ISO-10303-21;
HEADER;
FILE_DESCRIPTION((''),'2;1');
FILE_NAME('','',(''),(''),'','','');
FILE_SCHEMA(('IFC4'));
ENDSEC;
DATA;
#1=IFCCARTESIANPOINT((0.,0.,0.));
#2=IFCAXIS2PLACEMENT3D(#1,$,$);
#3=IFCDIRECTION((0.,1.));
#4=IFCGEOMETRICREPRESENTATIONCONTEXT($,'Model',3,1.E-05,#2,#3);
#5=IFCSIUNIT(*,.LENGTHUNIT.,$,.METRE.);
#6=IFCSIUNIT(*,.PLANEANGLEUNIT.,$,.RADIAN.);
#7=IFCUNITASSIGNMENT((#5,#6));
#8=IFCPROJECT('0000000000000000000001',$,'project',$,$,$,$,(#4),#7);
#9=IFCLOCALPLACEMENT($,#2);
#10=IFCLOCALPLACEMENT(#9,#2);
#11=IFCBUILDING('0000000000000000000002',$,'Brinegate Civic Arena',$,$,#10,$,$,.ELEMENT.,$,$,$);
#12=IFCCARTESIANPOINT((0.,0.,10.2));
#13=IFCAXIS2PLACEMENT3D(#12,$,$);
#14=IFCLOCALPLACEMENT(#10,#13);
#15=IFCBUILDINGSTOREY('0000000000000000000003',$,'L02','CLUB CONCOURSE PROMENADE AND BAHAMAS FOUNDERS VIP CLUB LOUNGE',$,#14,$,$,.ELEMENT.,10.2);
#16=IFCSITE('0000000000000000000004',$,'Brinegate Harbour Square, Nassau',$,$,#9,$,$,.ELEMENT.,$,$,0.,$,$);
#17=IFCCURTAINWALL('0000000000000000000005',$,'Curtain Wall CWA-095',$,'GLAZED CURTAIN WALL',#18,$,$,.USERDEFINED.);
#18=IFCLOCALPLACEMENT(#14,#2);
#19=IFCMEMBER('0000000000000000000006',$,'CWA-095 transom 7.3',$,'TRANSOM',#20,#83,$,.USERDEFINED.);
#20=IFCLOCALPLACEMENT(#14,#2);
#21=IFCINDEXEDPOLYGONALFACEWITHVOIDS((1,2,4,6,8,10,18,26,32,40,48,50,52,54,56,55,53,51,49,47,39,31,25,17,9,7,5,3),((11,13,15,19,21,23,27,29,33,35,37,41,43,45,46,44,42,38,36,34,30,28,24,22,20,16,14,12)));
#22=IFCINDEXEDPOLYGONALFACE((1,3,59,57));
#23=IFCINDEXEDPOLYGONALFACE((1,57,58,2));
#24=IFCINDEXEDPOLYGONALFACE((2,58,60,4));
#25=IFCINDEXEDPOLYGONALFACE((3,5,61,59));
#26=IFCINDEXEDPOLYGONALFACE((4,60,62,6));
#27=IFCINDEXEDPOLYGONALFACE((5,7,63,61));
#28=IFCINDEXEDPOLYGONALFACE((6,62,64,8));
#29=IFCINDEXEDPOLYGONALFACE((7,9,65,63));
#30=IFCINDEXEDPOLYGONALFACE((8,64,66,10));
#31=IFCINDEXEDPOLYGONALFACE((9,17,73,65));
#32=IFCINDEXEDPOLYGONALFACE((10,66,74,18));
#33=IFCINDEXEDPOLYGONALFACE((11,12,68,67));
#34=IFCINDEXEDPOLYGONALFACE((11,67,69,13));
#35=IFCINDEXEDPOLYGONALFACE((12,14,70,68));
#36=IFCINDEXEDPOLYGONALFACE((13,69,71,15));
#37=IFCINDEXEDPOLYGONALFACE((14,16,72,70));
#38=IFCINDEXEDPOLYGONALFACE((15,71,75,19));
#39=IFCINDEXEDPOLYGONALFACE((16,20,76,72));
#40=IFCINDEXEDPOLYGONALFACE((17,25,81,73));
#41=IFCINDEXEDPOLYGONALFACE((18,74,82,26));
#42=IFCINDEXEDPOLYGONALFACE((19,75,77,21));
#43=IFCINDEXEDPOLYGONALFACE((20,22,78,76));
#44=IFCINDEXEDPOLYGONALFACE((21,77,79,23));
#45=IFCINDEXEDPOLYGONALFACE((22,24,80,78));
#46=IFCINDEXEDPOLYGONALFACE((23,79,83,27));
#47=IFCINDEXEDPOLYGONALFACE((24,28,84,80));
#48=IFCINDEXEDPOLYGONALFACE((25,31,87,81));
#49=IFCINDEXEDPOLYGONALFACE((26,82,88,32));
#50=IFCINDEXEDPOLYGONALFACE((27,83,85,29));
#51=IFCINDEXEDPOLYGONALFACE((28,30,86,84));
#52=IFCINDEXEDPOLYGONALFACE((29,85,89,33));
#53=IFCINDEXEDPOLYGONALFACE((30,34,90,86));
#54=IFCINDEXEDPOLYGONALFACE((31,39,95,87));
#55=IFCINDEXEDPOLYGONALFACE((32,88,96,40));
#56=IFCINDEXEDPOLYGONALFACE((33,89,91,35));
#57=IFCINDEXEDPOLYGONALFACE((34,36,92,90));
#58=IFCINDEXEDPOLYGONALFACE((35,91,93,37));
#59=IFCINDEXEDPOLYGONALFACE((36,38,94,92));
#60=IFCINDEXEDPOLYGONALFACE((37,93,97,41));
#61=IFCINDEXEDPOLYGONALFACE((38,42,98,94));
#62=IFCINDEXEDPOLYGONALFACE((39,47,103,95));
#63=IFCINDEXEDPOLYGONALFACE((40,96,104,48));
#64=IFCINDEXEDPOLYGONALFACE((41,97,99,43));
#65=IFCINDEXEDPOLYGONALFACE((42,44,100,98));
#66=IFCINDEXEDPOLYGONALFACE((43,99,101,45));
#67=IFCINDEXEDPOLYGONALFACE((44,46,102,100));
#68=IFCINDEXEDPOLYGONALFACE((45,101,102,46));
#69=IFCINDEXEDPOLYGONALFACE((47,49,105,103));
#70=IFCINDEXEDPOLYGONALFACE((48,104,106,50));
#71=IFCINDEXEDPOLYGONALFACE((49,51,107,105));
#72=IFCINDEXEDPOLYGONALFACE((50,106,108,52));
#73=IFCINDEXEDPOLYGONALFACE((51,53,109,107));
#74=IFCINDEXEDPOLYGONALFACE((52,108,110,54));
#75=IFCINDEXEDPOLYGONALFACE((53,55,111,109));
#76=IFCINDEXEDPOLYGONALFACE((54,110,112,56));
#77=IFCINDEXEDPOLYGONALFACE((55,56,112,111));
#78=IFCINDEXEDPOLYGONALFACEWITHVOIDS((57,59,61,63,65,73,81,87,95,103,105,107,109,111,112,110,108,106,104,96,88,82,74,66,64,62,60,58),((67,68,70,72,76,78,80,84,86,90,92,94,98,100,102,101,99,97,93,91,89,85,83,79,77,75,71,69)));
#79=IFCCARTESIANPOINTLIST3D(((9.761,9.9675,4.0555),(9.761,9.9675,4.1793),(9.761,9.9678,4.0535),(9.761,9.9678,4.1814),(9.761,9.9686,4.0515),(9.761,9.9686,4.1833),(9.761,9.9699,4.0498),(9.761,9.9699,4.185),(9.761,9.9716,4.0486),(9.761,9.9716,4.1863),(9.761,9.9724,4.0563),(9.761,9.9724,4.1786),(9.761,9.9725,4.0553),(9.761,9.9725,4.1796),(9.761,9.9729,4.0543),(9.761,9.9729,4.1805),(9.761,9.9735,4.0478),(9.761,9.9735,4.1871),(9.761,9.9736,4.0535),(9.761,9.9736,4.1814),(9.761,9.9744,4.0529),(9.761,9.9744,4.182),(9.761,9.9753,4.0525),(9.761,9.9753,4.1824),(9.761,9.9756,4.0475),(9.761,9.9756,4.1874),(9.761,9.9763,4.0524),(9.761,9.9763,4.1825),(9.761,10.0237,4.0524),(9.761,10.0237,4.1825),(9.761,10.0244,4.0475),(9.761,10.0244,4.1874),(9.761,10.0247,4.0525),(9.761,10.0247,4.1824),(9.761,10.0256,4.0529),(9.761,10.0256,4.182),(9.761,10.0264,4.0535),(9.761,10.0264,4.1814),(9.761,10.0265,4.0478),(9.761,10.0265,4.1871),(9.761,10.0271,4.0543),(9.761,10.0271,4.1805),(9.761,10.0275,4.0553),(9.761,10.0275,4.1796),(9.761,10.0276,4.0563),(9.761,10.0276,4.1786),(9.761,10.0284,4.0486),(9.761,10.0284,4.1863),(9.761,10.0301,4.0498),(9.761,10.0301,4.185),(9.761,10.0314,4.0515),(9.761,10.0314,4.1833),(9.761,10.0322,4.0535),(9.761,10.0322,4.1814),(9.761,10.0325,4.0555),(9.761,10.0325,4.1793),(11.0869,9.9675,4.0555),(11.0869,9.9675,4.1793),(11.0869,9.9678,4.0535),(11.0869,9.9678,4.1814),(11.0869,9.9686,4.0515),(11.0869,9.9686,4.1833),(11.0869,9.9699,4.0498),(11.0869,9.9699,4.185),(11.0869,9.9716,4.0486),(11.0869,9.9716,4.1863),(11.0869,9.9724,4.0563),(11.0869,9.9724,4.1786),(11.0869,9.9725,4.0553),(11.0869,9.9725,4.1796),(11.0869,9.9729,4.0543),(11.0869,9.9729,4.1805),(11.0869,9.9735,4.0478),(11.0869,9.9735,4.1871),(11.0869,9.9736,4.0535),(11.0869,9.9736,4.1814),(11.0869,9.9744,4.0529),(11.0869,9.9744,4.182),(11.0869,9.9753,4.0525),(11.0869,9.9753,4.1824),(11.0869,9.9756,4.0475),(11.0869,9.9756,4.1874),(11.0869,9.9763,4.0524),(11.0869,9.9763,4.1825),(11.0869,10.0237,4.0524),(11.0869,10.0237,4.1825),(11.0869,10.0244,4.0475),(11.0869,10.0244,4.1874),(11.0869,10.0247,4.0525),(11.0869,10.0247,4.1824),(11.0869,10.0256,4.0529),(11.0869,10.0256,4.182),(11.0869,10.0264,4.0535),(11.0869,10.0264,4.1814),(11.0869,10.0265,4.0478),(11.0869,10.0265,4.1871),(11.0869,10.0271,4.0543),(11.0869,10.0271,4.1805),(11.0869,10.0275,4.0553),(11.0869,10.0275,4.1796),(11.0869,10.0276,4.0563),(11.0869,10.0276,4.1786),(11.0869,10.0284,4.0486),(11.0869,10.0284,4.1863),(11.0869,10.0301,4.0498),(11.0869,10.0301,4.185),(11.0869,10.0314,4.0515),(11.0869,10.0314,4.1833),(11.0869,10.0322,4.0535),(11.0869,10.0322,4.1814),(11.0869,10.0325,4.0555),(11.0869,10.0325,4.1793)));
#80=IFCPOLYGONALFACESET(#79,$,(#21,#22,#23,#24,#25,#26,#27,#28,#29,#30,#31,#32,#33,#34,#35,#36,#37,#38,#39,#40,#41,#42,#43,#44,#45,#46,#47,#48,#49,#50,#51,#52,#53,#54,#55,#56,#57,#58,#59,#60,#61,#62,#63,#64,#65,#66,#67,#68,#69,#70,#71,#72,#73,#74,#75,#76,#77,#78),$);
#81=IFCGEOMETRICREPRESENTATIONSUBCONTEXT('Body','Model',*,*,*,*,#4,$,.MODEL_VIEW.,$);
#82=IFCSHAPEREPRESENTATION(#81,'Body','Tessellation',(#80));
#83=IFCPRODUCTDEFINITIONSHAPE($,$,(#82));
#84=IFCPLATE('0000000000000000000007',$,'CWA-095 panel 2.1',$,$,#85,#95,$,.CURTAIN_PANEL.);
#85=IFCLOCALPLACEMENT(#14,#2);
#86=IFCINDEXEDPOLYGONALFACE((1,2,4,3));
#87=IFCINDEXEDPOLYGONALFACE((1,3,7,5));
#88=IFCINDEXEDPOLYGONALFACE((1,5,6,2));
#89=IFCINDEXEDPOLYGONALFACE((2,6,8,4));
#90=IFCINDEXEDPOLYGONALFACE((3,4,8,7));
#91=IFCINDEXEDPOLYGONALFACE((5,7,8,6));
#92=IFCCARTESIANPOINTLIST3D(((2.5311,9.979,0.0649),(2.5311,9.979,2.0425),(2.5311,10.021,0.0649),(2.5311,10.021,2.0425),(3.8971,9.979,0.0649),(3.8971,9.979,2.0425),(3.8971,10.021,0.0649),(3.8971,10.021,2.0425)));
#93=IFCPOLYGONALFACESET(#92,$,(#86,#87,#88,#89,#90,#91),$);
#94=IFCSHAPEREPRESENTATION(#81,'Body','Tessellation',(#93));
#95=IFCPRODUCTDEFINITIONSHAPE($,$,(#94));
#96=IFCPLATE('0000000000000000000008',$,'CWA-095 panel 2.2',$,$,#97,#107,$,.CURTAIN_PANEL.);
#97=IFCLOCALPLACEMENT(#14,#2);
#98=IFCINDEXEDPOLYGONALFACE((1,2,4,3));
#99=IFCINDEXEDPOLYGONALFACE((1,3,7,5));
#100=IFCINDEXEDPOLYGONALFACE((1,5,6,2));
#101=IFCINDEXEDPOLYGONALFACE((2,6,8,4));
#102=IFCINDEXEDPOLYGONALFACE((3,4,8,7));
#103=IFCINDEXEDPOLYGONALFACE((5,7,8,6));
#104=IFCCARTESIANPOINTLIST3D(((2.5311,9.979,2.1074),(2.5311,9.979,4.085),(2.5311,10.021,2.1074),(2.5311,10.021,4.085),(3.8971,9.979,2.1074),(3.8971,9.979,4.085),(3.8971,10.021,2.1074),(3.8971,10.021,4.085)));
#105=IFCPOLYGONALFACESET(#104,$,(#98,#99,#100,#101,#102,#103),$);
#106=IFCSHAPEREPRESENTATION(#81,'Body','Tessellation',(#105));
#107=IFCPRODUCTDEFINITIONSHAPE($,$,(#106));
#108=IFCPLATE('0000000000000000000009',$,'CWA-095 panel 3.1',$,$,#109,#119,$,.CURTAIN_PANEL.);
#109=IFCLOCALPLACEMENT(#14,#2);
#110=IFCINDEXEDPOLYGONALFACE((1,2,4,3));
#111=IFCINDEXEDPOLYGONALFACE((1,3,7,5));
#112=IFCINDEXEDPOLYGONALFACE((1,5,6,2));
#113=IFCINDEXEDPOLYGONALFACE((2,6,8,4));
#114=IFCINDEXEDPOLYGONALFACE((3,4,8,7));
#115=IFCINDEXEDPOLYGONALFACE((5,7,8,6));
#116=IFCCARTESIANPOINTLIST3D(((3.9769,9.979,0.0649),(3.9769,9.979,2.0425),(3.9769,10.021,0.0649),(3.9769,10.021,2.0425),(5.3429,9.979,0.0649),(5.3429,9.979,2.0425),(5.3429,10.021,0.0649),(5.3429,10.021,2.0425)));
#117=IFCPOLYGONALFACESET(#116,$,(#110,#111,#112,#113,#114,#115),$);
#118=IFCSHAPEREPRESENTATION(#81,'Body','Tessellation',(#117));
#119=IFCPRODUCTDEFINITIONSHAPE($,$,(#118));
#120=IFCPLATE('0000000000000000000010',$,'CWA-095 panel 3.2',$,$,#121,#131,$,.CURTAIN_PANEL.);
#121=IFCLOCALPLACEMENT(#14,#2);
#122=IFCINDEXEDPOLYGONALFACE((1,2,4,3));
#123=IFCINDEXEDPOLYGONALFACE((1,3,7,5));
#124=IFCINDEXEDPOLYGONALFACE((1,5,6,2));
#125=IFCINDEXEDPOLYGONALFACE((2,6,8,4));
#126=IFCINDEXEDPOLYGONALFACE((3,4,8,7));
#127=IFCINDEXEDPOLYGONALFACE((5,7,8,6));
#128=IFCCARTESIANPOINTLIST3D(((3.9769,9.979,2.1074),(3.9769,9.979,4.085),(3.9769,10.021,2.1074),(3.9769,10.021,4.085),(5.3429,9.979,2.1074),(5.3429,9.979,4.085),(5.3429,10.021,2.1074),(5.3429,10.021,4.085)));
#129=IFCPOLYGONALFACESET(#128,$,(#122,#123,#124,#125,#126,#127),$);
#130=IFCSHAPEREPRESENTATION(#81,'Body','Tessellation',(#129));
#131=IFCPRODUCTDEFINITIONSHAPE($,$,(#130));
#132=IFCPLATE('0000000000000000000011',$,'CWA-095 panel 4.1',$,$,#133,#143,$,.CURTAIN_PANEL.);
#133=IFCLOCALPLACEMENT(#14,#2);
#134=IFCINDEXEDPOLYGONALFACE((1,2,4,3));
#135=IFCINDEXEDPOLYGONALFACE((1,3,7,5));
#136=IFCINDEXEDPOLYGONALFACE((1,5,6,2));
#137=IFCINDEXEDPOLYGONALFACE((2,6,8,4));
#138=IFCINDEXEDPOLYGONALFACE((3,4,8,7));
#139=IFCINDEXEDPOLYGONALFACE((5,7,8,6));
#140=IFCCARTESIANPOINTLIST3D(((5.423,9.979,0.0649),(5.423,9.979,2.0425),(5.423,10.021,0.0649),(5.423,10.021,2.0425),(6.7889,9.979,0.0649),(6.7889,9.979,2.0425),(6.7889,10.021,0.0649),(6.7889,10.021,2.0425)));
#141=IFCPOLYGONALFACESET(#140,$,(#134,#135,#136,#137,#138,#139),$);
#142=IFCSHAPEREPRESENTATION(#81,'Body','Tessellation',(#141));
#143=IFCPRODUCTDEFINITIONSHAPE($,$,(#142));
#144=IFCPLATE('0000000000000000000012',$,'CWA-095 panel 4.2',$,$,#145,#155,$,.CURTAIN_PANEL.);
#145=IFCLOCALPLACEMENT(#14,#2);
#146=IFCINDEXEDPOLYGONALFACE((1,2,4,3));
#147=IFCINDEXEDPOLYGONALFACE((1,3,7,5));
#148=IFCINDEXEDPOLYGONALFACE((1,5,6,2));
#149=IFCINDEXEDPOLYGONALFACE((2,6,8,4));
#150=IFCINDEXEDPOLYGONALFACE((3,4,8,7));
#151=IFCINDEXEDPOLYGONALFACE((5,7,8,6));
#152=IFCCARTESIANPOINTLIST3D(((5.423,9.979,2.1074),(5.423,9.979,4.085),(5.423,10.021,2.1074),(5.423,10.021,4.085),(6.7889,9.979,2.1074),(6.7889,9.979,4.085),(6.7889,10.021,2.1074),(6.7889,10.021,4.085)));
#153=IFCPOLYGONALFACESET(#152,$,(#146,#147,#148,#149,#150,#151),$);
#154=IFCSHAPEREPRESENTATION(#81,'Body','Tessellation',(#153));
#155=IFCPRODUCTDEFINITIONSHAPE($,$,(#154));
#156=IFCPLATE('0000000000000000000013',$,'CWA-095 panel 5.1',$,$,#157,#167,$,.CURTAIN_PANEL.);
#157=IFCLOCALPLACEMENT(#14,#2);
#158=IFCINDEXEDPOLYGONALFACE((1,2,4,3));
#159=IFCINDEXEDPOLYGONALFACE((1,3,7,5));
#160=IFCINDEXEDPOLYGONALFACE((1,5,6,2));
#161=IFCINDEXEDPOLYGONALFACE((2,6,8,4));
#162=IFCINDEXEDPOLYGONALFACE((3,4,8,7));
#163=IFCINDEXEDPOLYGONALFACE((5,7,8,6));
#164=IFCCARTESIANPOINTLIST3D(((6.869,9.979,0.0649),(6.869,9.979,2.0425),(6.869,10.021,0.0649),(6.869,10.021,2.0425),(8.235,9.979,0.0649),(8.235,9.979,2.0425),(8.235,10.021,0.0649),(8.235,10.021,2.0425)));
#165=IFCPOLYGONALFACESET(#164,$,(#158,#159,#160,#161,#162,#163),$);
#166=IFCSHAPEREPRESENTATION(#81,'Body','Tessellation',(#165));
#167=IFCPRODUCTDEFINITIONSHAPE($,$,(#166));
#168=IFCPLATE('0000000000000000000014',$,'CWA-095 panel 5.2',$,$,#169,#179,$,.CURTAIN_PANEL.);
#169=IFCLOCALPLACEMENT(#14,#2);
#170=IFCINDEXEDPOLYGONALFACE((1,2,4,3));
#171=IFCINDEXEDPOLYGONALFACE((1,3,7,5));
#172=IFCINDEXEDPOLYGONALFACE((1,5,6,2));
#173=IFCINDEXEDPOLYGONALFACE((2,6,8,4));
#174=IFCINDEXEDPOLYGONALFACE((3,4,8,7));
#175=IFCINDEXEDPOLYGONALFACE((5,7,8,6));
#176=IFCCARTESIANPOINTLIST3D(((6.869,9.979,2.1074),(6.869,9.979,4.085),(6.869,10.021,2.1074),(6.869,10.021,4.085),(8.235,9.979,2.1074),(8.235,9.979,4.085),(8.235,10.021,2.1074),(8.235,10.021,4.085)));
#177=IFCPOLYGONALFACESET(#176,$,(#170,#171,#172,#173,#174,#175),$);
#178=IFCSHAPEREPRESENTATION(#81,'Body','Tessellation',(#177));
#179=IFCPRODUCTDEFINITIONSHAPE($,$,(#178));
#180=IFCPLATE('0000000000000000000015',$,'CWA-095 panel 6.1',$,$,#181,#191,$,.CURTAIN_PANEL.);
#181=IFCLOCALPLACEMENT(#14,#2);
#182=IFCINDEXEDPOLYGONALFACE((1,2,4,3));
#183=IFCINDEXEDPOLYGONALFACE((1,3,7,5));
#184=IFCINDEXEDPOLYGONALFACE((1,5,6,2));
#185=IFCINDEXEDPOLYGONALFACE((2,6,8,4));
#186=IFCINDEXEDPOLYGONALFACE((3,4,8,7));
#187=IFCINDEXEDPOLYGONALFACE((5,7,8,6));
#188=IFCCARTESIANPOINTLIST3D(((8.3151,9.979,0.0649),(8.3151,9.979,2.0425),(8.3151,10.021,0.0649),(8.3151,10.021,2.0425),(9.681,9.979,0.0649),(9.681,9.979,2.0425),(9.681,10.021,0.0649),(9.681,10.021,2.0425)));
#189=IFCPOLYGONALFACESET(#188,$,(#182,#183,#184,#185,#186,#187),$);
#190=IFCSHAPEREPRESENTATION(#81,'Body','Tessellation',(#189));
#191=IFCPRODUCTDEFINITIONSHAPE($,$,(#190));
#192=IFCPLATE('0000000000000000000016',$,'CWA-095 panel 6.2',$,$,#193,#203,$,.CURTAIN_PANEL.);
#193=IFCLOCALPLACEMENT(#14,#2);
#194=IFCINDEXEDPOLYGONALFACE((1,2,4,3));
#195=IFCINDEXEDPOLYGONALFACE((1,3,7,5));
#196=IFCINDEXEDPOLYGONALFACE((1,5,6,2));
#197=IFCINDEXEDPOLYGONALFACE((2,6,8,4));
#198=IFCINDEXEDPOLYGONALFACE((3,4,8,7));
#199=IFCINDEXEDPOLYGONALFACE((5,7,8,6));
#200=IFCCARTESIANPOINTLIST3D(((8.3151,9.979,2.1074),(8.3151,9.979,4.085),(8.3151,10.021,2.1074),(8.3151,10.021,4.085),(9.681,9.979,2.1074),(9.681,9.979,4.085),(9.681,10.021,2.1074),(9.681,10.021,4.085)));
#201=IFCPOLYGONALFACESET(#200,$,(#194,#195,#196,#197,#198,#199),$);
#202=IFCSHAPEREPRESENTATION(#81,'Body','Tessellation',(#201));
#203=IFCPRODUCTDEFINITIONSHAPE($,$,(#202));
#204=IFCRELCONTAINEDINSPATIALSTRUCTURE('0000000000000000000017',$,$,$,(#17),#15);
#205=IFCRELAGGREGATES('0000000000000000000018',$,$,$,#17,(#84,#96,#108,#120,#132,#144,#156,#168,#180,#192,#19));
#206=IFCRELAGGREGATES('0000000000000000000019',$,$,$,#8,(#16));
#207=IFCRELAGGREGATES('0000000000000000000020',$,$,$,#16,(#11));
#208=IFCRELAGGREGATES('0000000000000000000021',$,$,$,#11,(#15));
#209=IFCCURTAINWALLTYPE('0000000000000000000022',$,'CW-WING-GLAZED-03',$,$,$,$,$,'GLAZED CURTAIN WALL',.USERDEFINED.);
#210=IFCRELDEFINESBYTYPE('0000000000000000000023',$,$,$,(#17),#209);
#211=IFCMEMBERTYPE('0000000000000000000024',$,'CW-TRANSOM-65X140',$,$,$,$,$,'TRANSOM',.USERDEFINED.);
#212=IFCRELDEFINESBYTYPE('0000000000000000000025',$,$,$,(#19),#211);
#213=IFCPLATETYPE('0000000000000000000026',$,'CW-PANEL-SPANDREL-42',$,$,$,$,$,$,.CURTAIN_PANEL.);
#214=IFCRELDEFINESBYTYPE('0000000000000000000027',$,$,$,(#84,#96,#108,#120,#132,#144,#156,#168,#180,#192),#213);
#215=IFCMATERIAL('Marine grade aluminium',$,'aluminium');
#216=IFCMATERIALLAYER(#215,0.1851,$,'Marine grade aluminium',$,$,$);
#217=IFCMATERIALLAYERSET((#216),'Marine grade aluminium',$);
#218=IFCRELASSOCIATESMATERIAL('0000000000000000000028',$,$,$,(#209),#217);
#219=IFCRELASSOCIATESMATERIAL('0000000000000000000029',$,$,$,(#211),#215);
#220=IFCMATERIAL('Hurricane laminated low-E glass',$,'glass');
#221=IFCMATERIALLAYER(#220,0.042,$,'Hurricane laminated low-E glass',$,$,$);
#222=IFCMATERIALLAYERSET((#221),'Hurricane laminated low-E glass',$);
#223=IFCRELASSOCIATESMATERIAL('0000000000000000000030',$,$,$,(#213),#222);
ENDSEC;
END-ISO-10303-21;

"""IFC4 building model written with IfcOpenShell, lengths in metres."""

from ifc_helpers import new_model, si_unit, direction, frame, origin, origin_2d, place, context, subcontext, project, spatial, rectangle, hollow_rectangle, extrude, material, layer, layer_set, material_profile, profile_set, type_object, element, aggregate, save


model = new_model("IFC4")

# Units and contexts
model_context = context("Model", 3, precision=1e-05, world=origin(), true_north=direction((0.0, 1.0)))
body_context = subcontext(model_context, "Body", "Model", "MODEL_VIEW")
ifc_project = project(units=[si_unit("LENGTHUNIT", "METRE"), si_unit("PLANEANGLEUNIT", "RADIAN")], contexts=[model_context])

# Site, building, storey
site_placement = place(None, origin())
site = spatial("IfcSite", under=ifc_project, at=site_placement, Name="Brinegate Harbour Square, Nassau", CompositionType="ELEMENT", RefElevation=0.0)
building_placement = place(site_placement, origin())
building = spatial("IfcBuilding", under=site, at=building_placement, Name="Brinegate Civic Arena", CompositionType="ELEMENT")
storey_placement = place(building_placement, frame((0.0, 0.0, 10.2)))
storey = spatial("IfcBuildingStorey", under=building, at=storey_placement, Name="L02", Description="CLUB CONCOURSE PROMENADE AND BAHAMAS FOUNDERS VIP CLUB LOUNGE", CompositionType="ELEMENT", Elevation=10.2)

# Curtain wall, member, plates
ifc_material_1 = material(Name="Marine grade aluminium", Category="aluminium")
ifc_layer_1 = layer(ifc_material_1, 0.1851, Name="Marine grade aluminium")
ifc_layer_set_1 = layer_set([ifc_layer_1], Name="Marine grade aluminium")
curtain_wall_type = type_object("IfcCurtainWallType", Name="CW-WING-GLAZED-03", ElementType="GLAZED CURTAIN WALL", PredefinedType="USERDEFINED", material=ifc_layer_set_1)
curtain_wall_placement = place(storey_placement, origin())
curtain_wall = element("IfcCurtainWall", 1, at=curtain_wall_placement, inside=storey, type_object=curtain_wall_type, Name="Curtain Wall CWA-095", ObjectType="GLAZED CURTAIN WALL", PredefinedType="USERDEFINED")
ifc_material_profile_1 = material_profile(ifc_material_1, hollow_rectangle(XDim=0.0649, YDim=0.1399, WallThickness=0.0049, InnerFilletRadius=0.0039, OuterFilletRadius=0.0081, at=origin_2d()), Name="TRN65X140")
ifc_profile_set_1 = profile_set([ifc_material_profile_1], Name="Marine grade aluminium")
member_type_1 = type_object("IfcMemberType", Name="CW-TRANSOM-65X140", ElementType="TRANSOM", PredefinedType="USERDEFINED", material=ifc_profile_set_1)
member_1_placement = place(storey_placement, frame((9.761, 10.0, 4.1174), z_axis=(1.0, 0.0, 0.0), x_axis=(0.0, 1.0, 0.0)))
member_1 = element("IfcMember", 2, at=member_1_placement, type_object=member_type_1, Name="CWA-095 transom 7.3", ObjectType="TRANSOM", PredefinedType="USERDEFINED", context=body_context, shape_type="SweptSolid", body=[
    extrude(hollow_rectangle(XDim=0.0649, YDim=0.1399, WallThickness=0.0049, InnerFilletRadius=0.0039, OuterFilletRadius=0.0081, at=origin_2d()), origin(), (0.0, 0.0, 1.0), 1.3259),
])
ifc_material_2 = material(Name="Hurricane laminated low-E glass", Category="glass")
ifc_layer_2 = layer(ifc_material_2, 0.042, Name="Hurricane laminated low-E glass")
ifc_layer_set_2 = layer_set([ifc_layer_2], Name="Hurricane laminated low-E glass")
plate_type = type_object("IfcPlateType", Name="CW-PANEL-SPANDREL-42", PredefinedType="CURTAIN_PANEL", material=ifc_layer_set_2)
plate_1_placement = place(storey_placement, frame((3.2141, 10.0, 0.0649), z_axis=(0.0, 0.0, 1.0), x_axis=(1.0, 0.0, 0.0)))
plate_1 = element("IfcPlate", 3, at=plate_1_placement, type_object=plate_type, Name="CWA-095 panel 2.1", PredefinedType="CURTAIN_PANEL", context=body_context, shape_type="SweptSolid", body=[
    extrude(rectangle(XDim=1.366, YDim=0.042, at=origin_2d()), origin(), (0.0, 0.0, 1.0), 1.9775),
])
plate_2_placement = place(storey_placement, frame((3.2141, 10.0, 2.1074), z_axis=(0.0, 0.0, 1.0), x_axis=(1.0, 0.0, 0.0)))
plate_2 = element("IfcPlate", 4, at=plate_2_placement, type_object=plate_type, Name="CWA-095 panel 2.2", PredefinedType="CURTAIN_PANEL", context=body_context, shape_type="SweptSolid", body=[
    extrude(rectangle(XDim=1.366, YDim=0.042, at=origin_2d()), origin(), (0.0, 0.0, 1.0), 1.9775),
])
plate_3_placement = place(storey_placement, frame((4.6599, 10.0, 0.0649), z_axis=(0.0, 0.0, 1.0), x_axis=(1.0, 0.0, 0.0)))
plate_3 = element("IfcPlate", 5, at=plate_3_placement, type_object=plate_type, Name="CWA-095 panel 3.1", PredefinedType="CURTAIN_PANEL", context=body_context, shape_type="SweptSolid", body=[
    extrude(rectangle(XDim=1.366, YDim=0.042, at=origin_2d()), origin(), (0.0, 0.0, 1.0), 1.9775),
])
plate_4_placement = place(storey_placement, frame((4.6599, 10.0, 2.1074), z_axis=(0.0, 0.0, 1.0), x_axis=(1.0, 0.0, 0.0)))
plate_4 = element("IfcPlate", 6, at=plate_4_placement, type_object=plate_type, Name="CWA-095 panel 3.2", PredefinedType="CURTAIN_PANEL", context=body_context, shape_type="SweptSolid", body=[
    extrude(rectangle(XDim=1.366, YDim=0.042, at=origin_2d()), origin(), (0.0, 0.0, 1.0), 1.9775),
])
plate_5_placement = place(storey_placement, frame((6.106, 10.0, 0.0649), z_axis=(0.0, 0.0, 1.0), x_axis=(1.0, 0.0, 0.0)))
plate_5 = element("IfcPlate", 7, at=plate_5_placement, type_object=plate_type, Name="CWA-095 panel 4.1", PredefinedType="CURTAIN_PANEL", context=body_context, shape_type="SweptSolid", body=[
    extrude(rectangle(XDim=1.366, YDim=0.042, at=origin_2d()), origin(), (0.0, 0.0, 1.0), 1.9775),
])
plate_6_placement = place(storey_placement, frame((6.106, 10.0, 2.1074), z_axis=(0.0, 0.0, 1.0), x_axis=(1.0, 0.0, 0.0)))
plate_6 = element("IfcPlate", 8, at=plate_6_placement, type_object=plate_type, Name="CWA-095 panel 4.2", PredefinedType="CURTAIN_PANEL", context=body_context, shape_type="SweptSolid", body=[
    extrude(rectangle(XDim=1.366, YDim=0.042, at=origin_2d()), origin(), (0.0, 0.0, 1.0), 1.9775),
])
plate_7_placement = place(storey_placement, frame((7.552, 10.0, 0.0649), z_axis=(0.0, 0.0, 1.0), x_axis=(1.0, 0.0, 0.0)))
plate_7 = element("IfcPlate", 9, at=plate_7_placement, type_object=plate_type, Name="CWA-095 panel 5.1", PredefinedType="CURTAIN_PANEL", context=body_context, shape_type="SweptSolid", body=[
    extrude(rectangle(XDim=1.366, YDim=0.042, at=origin_2d()), origin(), (0.0, 0.0, 1.0), 1.9775),
])
plate_8_placement = place(storey_placement, frame((7.552, 10.0, 2.1074), z_axis=(0.0, 0.0, 1.0), x_axis=(1.0, 0.0, 0.0)))
plate_8 = element("IfcPlate", 10, at=plate_8_placement, type_object=plate_type, Name="CWA-095 panel 5.2", PredefinedType="CURTAIN_PANEL", context=body_context, shape_type="SweptSolid", body=[
    extrude(rectangle(XDim=1.366, YDim=0.042, at=origin_2d()), origin(), (0.0, 0.0, 1.0), 1.9775),
])
plate_9_placement = place(storey_placement, frame((8.998, 10.0, 0.0649), z_axis=(0.0, 0.0, 1.0), x_axis=(1.0, 0.0, 0.0)))
plate_9 = element("IfcPlate", 11, at=plate_9_placement, type_object=plate_type, Name="CWA-095 panel 6.1", PredefinedType="CURTAIN_PANEL", context=body_context, shape_type="SweptSolid", body=[
    extrude(rectangle(XDim=1.366, YDim=0.042, at=origin_2d()), origin(), (0.0, 0.0, 1.0), 1.9775),
])
plate_10_placement = place(storey_placement, frame((8.998, 10.0, 2.1074), z_axis=(0.0, 0.0, 1.0), x_axis=(1.0, 0.0, 0.0)))
plate_10 = element("IfcPlate", 12, at=plate_10_placement, type_object=plate_type, Name="CWA-095 panel 6.2", PredefinedType="CURTAIN_PANEL", context=body_context, shape_type="SweptSolid", body=[
    extrude(rectangle(XDim=1.366, YDim=0.042, at=origin_2d()), origin(), (0.0, 0.0, 1.0), 1.9775),
])
aggregate(curtain_wall, [plate_1, plate_2, plate_3, plate_4, plate_5, plate_6, plate_7, plate_8, plate_9, plate_10, member_1])

save(model, "model.ifc")
